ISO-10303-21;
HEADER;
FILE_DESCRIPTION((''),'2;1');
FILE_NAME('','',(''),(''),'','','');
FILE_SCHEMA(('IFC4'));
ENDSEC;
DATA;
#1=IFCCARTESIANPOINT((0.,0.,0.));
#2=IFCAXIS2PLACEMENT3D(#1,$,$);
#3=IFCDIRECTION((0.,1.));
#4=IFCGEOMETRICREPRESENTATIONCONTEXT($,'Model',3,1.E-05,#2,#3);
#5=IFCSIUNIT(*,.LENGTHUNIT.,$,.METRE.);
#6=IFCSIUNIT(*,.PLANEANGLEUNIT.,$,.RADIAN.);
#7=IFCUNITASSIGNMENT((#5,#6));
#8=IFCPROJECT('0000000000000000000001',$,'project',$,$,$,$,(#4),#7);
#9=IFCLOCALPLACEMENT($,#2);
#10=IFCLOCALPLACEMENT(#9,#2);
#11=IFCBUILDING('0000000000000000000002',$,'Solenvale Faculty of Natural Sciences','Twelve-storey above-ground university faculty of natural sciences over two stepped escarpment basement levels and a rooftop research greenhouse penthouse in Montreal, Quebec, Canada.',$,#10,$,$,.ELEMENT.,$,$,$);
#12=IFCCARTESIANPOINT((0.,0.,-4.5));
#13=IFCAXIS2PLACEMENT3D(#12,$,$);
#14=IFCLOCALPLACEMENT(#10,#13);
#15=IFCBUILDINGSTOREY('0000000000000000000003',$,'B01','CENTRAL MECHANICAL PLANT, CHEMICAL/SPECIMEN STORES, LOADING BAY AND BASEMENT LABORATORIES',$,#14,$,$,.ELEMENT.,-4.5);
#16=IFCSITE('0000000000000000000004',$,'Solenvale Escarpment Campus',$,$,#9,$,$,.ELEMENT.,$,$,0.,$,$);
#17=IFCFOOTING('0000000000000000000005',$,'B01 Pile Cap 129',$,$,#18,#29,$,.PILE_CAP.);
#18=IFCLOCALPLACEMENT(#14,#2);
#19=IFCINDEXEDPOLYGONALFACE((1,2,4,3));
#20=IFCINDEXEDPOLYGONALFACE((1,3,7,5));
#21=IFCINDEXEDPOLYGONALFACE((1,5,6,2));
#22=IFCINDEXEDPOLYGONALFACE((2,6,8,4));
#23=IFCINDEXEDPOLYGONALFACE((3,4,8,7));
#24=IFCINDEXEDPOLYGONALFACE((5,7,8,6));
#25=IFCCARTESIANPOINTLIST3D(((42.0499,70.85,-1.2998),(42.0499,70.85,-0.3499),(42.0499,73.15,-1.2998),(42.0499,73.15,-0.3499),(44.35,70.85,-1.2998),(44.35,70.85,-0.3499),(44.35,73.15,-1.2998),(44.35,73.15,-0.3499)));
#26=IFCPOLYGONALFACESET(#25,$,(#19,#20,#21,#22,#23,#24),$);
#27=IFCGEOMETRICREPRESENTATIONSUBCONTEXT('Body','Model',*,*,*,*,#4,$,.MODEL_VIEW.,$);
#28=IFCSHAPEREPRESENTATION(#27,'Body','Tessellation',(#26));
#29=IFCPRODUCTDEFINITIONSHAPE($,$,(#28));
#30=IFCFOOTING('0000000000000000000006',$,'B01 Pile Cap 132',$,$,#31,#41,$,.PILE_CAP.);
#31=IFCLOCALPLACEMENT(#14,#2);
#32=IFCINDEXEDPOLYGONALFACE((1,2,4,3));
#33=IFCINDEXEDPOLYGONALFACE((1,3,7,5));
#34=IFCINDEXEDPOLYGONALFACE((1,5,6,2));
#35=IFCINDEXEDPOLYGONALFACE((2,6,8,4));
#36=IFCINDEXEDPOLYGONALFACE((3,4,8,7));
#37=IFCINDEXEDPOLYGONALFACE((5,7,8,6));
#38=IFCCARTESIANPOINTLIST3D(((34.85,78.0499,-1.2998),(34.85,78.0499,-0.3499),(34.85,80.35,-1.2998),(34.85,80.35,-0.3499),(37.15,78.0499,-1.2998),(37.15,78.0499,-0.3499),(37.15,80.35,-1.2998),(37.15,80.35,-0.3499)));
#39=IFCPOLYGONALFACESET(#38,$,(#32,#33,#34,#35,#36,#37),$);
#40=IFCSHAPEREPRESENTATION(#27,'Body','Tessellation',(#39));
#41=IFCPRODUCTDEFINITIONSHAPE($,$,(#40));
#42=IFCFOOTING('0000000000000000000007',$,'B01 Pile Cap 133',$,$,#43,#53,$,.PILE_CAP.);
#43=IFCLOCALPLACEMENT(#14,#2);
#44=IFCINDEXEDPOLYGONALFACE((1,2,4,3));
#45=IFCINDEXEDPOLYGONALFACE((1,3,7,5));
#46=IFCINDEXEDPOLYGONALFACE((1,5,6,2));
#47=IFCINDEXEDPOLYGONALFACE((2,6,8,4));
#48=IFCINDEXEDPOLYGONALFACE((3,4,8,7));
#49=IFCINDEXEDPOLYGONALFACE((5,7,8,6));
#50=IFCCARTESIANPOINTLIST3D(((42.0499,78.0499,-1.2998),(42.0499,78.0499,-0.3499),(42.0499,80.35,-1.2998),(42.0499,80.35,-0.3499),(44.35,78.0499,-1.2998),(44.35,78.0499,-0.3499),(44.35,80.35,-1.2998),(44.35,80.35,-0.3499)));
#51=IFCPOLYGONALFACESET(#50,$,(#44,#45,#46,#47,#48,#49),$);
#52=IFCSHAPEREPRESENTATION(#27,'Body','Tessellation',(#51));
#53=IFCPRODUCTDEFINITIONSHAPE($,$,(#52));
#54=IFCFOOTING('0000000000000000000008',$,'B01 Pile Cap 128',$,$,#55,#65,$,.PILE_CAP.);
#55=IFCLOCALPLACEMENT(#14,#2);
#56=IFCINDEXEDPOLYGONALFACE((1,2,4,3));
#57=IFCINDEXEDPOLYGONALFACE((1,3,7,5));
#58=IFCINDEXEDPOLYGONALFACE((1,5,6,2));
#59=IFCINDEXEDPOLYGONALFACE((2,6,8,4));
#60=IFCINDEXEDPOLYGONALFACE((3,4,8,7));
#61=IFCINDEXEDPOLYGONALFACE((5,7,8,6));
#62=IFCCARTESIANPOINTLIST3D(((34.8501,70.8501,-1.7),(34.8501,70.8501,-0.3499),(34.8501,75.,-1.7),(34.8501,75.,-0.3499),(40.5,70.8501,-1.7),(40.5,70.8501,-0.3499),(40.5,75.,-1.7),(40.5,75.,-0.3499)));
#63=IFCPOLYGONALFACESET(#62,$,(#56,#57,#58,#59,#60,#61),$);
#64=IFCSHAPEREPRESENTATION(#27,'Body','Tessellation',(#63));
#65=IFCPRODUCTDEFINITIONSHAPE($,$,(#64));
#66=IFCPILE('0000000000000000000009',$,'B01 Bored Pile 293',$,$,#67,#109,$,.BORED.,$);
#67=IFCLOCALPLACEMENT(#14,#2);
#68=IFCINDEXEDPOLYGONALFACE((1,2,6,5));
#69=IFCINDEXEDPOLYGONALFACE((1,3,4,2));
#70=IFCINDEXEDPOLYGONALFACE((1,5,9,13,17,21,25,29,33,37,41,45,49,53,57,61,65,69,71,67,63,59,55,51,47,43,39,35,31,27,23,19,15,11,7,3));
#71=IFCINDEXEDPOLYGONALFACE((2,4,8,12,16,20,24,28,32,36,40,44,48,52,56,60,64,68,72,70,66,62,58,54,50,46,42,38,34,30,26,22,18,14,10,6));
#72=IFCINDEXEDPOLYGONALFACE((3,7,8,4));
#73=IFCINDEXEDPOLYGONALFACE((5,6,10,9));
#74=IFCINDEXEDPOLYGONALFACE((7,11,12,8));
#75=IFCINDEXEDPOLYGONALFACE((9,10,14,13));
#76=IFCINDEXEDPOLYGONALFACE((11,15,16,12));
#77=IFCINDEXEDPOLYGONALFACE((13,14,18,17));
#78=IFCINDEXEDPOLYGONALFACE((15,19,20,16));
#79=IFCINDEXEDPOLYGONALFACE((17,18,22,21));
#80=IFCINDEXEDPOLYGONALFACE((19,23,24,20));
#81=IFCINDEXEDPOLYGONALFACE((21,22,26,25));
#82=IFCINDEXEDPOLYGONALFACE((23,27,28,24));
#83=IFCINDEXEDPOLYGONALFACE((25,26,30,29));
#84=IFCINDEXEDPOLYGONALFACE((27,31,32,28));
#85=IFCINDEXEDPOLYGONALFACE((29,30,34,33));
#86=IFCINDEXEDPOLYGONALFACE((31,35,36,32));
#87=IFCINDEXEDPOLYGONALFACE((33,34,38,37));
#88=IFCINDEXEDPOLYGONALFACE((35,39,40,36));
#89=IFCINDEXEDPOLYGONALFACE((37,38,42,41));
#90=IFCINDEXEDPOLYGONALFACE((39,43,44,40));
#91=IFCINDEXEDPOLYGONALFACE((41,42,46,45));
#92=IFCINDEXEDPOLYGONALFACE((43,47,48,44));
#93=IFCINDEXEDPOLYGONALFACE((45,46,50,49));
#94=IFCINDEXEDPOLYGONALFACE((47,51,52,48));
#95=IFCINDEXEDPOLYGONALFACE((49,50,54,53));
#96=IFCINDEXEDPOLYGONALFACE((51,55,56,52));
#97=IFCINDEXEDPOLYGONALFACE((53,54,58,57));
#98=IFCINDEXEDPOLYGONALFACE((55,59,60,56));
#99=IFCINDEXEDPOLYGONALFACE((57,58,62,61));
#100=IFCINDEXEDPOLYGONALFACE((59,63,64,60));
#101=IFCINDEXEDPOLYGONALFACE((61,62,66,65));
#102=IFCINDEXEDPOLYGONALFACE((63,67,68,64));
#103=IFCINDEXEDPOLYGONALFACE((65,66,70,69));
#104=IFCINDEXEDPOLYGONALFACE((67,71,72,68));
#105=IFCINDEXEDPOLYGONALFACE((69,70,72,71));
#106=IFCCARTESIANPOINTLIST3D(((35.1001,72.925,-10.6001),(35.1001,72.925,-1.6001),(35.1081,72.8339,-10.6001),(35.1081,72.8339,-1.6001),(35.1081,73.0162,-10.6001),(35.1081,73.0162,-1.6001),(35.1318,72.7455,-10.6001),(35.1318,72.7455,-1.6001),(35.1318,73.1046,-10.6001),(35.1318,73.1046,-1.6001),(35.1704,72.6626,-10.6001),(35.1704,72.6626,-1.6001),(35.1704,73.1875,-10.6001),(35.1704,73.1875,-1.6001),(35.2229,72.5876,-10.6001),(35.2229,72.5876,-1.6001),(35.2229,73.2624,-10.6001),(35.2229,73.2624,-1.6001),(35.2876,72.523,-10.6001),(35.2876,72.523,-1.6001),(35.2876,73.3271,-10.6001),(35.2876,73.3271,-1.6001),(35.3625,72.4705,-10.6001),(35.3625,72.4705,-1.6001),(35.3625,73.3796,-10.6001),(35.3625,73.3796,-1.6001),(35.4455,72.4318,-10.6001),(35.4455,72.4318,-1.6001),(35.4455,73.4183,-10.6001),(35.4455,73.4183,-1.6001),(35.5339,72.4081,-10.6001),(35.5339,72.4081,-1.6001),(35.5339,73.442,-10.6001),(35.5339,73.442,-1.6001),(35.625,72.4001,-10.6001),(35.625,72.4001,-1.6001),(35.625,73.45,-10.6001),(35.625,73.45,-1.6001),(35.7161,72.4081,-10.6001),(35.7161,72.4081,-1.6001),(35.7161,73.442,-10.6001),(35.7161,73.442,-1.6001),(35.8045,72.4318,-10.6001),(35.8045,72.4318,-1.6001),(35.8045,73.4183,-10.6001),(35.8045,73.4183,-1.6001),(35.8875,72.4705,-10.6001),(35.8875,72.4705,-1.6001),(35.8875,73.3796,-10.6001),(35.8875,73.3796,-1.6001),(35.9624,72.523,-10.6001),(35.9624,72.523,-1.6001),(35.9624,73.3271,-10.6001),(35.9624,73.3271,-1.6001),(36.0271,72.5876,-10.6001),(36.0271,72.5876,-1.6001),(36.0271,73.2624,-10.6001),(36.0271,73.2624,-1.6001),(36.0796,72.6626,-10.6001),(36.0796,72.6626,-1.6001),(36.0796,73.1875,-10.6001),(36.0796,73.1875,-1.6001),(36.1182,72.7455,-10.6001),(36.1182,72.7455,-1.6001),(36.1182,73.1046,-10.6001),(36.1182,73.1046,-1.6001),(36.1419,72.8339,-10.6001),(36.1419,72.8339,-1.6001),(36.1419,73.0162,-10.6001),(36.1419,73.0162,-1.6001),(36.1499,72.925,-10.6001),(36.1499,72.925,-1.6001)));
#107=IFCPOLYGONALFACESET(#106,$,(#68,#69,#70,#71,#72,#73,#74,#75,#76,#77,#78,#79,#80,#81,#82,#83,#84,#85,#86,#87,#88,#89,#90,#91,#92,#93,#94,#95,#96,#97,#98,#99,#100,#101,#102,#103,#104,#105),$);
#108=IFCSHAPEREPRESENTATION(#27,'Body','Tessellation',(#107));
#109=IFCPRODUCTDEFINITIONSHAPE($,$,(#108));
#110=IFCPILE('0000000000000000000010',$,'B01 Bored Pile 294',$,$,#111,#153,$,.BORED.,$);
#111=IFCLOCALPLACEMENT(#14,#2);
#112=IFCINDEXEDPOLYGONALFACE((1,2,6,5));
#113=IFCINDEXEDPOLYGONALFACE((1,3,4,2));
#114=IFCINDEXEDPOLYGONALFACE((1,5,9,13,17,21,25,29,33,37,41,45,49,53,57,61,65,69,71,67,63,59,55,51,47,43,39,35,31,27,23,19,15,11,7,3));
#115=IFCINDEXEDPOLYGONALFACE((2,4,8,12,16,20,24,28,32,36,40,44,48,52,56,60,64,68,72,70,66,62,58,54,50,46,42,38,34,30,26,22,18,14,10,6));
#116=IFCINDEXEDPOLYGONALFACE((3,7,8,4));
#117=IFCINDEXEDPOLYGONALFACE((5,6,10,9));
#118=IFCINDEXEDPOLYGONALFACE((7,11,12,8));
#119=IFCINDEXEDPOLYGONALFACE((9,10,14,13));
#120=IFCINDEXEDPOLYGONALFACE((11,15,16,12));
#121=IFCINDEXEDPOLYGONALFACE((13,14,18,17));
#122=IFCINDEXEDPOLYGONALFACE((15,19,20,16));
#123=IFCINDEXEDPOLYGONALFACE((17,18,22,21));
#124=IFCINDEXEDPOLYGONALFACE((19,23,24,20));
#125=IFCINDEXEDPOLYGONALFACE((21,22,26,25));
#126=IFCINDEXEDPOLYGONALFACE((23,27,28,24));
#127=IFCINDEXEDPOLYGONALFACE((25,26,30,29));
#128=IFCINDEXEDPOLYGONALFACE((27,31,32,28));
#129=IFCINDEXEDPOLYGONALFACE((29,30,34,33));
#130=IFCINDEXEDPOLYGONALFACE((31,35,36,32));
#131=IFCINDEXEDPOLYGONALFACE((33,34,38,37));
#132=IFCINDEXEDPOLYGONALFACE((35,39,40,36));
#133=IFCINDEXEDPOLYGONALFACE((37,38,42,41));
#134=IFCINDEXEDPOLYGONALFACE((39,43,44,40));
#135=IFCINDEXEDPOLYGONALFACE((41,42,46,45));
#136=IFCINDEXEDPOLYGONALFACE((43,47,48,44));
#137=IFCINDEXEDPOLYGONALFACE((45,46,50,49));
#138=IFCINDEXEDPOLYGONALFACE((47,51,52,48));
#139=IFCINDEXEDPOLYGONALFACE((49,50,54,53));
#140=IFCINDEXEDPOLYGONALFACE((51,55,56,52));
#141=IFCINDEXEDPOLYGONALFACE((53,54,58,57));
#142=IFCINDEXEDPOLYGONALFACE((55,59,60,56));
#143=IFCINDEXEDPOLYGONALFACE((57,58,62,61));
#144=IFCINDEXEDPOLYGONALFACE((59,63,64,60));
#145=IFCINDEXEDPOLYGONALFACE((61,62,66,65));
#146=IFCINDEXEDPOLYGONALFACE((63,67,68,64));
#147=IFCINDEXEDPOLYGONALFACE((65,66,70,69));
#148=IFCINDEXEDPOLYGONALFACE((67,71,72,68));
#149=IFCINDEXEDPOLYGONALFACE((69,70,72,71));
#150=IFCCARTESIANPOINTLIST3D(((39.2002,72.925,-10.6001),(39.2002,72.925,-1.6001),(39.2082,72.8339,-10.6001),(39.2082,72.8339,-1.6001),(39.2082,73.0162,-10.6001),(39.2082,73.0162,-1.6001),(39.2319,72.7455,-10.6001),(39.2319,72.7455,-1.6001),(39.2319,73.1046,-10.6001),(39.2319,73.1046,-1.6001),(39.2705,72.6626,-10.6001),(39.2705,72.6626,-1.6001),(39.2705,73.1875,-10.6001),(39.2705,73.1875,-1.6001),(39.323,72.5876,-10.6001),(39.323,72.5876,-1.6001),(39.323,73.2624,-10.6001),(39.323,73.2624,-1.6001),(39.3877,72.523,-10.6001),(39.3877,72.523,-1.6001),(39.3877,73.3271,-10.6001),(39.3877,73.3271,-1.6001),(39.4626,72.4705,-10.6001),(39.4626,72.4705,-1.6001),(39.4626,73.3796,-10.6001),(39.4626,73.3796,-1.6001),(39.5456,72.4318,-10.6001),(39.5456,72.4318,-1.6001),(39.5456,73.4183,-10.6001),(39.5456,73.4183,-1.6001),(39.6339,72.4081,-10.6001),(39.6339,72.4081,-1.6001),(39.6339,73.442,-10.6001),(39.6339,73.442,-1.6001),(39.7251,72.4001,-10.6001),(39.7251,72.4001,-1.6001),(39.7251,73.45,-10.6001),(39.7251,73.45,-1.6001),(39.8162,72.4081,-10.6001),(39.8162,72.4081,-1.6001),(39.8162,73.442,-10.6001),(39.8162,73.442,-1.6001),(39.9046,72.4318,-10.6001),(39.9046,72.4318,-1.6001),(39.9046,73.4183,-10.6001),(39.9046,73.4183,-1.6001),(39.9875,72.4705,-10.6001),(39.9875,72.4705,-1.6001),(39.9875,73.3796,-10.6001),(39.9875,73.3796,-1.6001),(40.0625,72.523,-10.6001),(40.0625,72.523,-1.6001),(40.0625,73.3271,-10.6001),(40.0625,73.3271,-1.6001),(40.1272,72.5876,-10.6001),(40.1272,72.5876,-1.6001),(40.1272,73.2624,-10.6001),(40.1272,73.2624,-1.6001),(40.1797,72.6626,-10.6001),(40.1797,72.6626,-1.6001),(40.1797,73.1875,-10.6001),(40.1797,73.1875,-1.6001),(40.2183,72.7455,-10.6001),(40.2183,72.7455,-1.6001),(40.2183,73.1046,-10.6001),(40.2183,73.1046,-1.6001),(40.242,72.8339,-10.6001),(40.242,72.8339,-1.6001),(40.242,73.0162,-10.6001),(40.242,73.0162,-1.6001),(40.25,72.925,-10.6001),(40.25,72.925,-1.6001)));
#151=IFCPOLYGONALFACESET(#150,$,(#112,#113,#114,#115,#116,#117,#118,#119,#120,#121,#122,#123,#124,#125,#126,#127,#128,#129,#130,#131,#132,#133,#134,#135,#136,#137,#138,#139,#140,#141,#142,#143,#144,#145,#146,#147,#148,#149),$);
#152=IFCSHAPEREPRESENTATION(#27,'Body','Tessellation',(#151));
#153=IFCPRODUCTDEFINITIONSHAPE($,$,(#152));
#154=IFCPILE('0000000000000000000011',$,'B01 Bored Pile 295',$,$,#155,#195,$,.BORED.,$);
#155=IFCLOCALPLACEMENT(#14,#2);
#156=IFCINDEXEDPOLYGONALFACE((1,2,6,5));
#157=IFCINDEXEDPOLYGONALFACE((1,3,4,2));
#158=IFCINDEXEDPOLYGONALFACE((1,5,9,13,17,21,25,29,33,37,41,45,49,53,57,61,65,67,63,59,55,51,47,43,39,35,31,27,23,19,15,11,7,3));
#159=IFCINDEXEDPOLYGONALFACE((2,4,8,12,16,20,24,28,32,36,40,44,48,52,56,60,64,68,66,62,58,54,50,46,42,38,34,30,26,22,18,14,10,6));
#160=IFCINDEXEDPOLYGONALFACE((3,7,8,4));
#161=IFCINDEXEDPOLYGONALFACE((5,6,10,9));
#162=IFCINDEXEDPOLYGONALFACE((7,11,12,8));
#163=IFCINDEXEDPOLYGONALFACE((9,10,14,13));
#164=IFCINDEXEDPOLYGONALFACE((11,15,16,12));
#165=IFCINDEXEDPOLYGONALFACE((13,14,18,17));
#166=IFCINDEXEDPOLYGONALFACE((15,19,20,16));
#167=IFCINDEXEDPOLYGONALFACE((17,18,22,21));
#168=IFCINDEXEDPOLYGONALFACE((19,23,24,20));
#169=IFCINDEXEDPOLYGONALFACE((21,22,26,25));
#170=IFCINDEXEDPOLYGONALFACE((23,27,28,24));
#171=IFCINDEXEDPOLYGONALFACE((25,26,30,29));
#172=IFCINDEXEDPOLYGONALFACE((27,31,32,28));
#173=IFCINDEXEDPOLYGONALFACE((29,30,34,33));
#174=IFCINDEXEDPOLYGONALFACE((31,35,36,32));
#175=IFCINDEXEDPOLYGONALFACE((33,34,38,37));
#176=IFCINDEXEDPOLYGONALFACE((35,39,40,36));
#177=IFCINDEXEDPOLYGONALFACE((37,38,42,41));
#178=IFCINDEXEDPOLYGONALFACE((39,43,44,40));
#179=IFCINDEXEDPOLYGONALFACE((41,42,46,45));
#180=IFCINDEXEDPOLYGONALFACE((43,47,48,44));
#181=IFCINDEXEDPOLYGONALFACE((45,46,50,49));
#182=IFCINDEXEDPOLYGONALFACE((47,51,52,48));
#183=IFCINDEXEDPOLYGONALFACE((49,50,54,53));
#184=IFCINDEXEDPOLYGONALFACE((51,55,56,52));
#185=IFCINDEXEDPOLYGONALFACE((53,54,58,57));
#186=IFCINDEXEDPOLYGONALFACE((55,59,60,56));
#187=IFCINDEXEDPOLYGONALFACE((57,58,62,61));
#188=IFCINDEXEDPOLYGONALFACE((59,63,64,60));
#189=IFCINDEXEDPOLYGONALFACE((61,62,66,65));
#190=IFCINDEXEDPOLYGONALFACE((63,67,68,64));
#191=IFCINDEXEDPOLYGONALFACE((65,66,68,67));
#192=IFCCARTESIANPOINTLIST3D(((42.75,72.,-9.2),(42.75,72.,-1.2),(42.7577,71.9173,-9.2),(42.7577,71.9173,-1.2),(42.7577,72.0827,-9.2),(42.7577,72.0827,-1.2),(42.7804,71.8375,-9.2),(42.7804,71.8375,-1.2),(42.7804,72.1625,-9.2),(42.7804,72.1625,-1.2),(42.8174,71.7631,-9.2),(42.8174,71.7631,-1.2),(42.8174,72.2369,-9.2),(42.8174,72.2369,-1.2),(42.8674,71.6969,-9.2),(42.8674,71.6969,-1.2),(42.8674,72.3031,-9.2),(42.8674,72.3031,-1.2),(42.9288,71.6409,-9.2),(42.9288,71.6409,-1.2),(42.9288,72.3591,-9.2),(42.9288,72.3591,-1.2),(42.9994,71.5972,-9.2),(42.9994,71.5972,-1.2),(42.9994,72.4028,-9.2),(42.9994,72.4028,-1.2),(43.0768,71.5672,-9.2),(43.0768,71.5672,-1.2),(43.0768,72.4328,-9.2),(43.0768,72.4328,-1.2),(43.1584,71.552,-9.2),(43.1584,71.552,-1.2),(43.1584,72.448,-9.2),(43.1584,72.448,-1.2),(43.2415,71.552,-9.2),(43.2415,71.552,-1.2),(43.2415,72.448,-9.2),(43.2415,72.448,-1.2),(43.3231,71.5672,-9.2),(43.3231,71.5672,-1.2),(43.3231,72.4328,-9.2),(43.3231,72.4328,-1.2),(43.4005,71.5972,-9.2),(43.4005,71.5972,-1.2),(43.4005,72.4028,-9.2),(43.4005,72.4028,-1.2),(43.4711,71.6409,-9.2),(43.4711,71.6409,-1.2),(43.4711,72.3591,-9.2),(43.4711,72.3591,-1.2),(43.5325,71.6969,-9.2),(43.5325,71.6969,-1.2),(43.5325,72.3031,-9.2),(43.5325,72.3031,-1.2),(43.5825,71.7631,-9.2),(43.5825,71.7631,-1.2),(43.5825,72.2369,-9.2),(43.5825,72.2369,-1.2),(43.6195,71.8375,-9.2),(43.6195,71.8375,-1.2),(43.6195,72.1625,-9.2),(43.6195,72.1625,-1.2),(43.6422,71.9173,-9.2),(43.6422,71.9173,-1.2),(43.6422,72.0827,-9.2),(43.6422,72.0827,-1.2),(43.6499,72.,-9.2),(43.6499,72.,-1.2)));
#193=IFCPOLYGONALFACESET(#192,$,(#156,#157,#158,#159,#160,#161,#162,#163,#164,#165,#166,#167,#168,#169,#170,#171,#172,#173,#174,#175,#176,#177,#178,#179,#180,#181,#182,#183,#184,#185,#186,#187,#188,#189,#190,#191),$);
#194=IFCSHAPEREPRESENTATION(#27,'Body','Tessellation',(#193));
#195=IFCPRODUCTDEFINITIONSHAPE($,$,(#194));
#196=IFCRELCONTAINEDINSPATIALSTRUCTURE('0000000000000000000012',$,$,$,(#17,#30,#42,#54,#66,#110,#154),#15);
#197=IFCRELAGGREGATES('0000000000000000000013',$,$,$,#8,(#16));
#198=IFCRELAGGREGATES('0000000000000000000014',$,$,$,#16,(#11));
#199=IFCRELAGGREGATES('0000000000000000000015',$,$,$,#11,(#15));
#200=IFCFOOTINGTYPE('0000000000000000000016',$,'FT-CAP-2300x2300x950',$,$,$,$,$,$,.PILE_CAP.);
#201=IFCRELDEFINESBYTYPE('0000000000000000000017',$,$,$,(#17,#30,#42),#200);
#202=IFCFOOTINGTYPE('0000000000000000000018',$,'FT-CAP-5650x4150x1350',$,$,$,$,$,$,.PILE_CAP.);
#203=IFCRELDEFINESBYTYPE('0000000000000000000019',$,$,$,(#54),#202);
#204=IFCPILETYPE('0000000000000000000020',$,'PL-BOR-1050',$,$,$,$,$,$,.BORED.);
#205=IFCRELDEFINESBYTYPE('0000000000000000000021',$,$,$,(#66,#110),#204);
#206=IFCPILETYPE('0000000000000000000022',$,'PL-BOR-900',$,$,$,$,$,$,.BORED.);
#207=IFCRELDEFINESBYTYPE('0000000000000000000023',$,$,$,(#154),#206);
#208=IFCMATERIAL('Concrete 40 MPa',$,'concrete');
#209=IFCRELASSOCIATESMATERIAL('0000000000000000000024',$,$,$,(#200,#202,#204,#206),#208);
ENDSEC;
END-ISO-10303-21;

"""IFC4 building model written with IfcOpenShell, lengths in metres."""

from ifc_helpers import new_model, si_unit, direction, frame, origin, origin_2d, place, context, subcontext, project, spatial, rectangle, circle, extrude, material, material_profile, profile_set, type_object, element, save


model = new_model("IFC4")

# Units and contexts
model_context = context("Model", 3, precision=1e-05, world=origin(), true_north=direction((0.0, 1.0)))
body_context = subcontext(model_context, "Body", "Model", "MODEL_VIEW")
ifc_project = project(units=[si_unit("LENGTHUNIT", "METRE"), si_unit("PLANEANGLEUNIT", "RADIAN")], contexts=[model_context])

# Site, building, storey
site_placement = place(None, origin())
site = spatial("IfcSite", under=ifc_project, at=site_placement, Name="Solenvale Escarpment Campus", CompositionType="ELEMENT", RefElevation=0.0)
building_placement = place(site_placement, origin())
building = spatial("IfcBuilding", under=site, at=building_placement, Name="Solenvale Faculty of Natural Sciences", Description="Twelve-storey above-ground university faculty of natural sciences over two stepped escarpment basement levels and a rooftop research greenhouse penthouse in Montreal, Quebec, Canada.", CompositionType="ELEMENT")
storey_placement = place(building_placement, frame((0.0, 0.0, -4.5)))
storey = spatial("IfcBuildingStorey", under=building, at=storey_placement, Name="B01", Description="CENTRAL MECHANICAL PLANT, CHEMICAL/SPECIMEN STORES, LOADING BAY AND BASEMENT LABORATORIES", CompositionType="ELEMENT", Elevation=-4.5)

# Footings
ifc_material_1 = material(Name="Concrete 40 MPa", Category="concrete")
footing_type_1 = type_object("IfcFootingType", Name="FT-CAP-2300x2300x950", PredefinedType="PILE_CAP", material=ifc_material_1)
for number, where, z_axis, x_axis, name in (
    (1, (43.2, 72.0, -1.2998), (0.0, 0.0, 1.0), (1.0, 0.0, 0.0), "B01 Pile Cap 129"),
    (2, (36.0, 79.2, -1.2998), (0.0, 0.0, 1.0), (1.0, 0.0, 0.0), "B01 Pile Cap 132"),
    (3, (43.2, 79.2, -1.2998), (0.0, 0.0, 1.0), (1.0, 0.0, 0.0), "B01 Pile Cap 133"),
):
    element("IfcFooting", number, at=place(storey_placement, frame(where, z_axis=z_axis, x_axis=x_axis)), inside=storey, type_object=footing_type_1, Name=name, PredefinedType="PILE_CAP", context=body_context, shape_type="SweptSolid", body=[
        extrude(rectangle(XDim=2.3, YDim=2.3, at=origin_2d()), origin(), (0.0, 0.0, 1.0), 0.95),
    ])
footing_type_2 = type_object("IfcFootingType", Name="FT-CAP-5650x4150x1350", PredefinedType="PILE_CAP", material=ifc_material_1)
footing_placement = place(storey_placement, frame((37.675, 72.925, -1.7), z_axis=(0.0, 0.0, 1.0), x_axis=(1.0, 0.0, 0.0)))
element("IfcFooting", 4, at=footing_placement, inside=storey, type_object=footing_type_2, Name="B01 Pile Cap 128", PredefinedType="PILE_CAP", context=body_context, shape_type="SweptSolid", body=[
    extrude(rectangle(XDim=5.6499, YDim=4.1499, at=origin_2d()), origin(), (0.0, 0.0, 1.0), 1.3501),
])

# Piles
ifc_material_profile_1 = material_profile(ifc_material_1, circle(Radius=0.5249, at=origin_2d()), Name="PILE-D1050")
ifc_profile_set_1 = profile_set([ifc_material_profile_1], Name="Concrete 40 MPa")
pile_type_1 = type_object("IfcPileType", Name="PL-BOR-1050", PredefinedType="BORED", material=ifc_profile_set_1)
for number, where, z_axis, x_axis, name in (
    (5, (35.625, 72.925, -1.6001), (0.0, 0.0, -1.0), (1.0, 0.0, 0.0), "B01 Bored Pile 293"),
    (6, (39.7251, 72.925, -1.6001), (0.0, 0.0, -1.0), (1.0, 0.0, 0.0), "B01 Bored Pile 294"),
):
    element("IfcPile", number, at=place(storey_placement, frame(where, z_axis=z_axis, x_axis=x_axis)), inside=storey, type_object=pile_type_1, Name=name, PredefinedType="BORED", context=body_context, shape_type="SweptSolid", body=[
        extrude(circle(Radius=0.5249, at=origin_2d()), origin(), (0.0, 0.0, 1.0), 9.0),
    ])
ifc_material_profile_2 = material_profile(ifc_material_1, circle(Radius=0.45, at=origin_2d()), Name="PILE-D900")
ifc_profile_set_2 = profile_set([ifc_material_profile_2], Name="Concrete 40 MPa")
pile_type_2 = type_object("IfcPileType", Name="PL-BOR-900", PredefinedType="BORED", material=ifc_profile_set_2)
for number, where, z_axis, x_axis, name in (
    (7, (43.2, 72.0, -1.2), (0.0, 0.0, -1.0), (1.0, 0.0, 0.0), "B01 Bored Pile 295"),
):
    element("IfcPile", number, at=place(storey_placement, frame(where, z_axis=z_axis, x_axis=x_axis)), inside=storey, type_object=pile_type_2, Name=name, PredefinedType="BORED", context=body_context, shape_type="SweptSolid", body=[
        extrude(circle(Radius=0.45, at=origin_2d()), origin(), (0.0, 0.0, 1.0), 8.0),
    ])

save(model, "model.ifc")
